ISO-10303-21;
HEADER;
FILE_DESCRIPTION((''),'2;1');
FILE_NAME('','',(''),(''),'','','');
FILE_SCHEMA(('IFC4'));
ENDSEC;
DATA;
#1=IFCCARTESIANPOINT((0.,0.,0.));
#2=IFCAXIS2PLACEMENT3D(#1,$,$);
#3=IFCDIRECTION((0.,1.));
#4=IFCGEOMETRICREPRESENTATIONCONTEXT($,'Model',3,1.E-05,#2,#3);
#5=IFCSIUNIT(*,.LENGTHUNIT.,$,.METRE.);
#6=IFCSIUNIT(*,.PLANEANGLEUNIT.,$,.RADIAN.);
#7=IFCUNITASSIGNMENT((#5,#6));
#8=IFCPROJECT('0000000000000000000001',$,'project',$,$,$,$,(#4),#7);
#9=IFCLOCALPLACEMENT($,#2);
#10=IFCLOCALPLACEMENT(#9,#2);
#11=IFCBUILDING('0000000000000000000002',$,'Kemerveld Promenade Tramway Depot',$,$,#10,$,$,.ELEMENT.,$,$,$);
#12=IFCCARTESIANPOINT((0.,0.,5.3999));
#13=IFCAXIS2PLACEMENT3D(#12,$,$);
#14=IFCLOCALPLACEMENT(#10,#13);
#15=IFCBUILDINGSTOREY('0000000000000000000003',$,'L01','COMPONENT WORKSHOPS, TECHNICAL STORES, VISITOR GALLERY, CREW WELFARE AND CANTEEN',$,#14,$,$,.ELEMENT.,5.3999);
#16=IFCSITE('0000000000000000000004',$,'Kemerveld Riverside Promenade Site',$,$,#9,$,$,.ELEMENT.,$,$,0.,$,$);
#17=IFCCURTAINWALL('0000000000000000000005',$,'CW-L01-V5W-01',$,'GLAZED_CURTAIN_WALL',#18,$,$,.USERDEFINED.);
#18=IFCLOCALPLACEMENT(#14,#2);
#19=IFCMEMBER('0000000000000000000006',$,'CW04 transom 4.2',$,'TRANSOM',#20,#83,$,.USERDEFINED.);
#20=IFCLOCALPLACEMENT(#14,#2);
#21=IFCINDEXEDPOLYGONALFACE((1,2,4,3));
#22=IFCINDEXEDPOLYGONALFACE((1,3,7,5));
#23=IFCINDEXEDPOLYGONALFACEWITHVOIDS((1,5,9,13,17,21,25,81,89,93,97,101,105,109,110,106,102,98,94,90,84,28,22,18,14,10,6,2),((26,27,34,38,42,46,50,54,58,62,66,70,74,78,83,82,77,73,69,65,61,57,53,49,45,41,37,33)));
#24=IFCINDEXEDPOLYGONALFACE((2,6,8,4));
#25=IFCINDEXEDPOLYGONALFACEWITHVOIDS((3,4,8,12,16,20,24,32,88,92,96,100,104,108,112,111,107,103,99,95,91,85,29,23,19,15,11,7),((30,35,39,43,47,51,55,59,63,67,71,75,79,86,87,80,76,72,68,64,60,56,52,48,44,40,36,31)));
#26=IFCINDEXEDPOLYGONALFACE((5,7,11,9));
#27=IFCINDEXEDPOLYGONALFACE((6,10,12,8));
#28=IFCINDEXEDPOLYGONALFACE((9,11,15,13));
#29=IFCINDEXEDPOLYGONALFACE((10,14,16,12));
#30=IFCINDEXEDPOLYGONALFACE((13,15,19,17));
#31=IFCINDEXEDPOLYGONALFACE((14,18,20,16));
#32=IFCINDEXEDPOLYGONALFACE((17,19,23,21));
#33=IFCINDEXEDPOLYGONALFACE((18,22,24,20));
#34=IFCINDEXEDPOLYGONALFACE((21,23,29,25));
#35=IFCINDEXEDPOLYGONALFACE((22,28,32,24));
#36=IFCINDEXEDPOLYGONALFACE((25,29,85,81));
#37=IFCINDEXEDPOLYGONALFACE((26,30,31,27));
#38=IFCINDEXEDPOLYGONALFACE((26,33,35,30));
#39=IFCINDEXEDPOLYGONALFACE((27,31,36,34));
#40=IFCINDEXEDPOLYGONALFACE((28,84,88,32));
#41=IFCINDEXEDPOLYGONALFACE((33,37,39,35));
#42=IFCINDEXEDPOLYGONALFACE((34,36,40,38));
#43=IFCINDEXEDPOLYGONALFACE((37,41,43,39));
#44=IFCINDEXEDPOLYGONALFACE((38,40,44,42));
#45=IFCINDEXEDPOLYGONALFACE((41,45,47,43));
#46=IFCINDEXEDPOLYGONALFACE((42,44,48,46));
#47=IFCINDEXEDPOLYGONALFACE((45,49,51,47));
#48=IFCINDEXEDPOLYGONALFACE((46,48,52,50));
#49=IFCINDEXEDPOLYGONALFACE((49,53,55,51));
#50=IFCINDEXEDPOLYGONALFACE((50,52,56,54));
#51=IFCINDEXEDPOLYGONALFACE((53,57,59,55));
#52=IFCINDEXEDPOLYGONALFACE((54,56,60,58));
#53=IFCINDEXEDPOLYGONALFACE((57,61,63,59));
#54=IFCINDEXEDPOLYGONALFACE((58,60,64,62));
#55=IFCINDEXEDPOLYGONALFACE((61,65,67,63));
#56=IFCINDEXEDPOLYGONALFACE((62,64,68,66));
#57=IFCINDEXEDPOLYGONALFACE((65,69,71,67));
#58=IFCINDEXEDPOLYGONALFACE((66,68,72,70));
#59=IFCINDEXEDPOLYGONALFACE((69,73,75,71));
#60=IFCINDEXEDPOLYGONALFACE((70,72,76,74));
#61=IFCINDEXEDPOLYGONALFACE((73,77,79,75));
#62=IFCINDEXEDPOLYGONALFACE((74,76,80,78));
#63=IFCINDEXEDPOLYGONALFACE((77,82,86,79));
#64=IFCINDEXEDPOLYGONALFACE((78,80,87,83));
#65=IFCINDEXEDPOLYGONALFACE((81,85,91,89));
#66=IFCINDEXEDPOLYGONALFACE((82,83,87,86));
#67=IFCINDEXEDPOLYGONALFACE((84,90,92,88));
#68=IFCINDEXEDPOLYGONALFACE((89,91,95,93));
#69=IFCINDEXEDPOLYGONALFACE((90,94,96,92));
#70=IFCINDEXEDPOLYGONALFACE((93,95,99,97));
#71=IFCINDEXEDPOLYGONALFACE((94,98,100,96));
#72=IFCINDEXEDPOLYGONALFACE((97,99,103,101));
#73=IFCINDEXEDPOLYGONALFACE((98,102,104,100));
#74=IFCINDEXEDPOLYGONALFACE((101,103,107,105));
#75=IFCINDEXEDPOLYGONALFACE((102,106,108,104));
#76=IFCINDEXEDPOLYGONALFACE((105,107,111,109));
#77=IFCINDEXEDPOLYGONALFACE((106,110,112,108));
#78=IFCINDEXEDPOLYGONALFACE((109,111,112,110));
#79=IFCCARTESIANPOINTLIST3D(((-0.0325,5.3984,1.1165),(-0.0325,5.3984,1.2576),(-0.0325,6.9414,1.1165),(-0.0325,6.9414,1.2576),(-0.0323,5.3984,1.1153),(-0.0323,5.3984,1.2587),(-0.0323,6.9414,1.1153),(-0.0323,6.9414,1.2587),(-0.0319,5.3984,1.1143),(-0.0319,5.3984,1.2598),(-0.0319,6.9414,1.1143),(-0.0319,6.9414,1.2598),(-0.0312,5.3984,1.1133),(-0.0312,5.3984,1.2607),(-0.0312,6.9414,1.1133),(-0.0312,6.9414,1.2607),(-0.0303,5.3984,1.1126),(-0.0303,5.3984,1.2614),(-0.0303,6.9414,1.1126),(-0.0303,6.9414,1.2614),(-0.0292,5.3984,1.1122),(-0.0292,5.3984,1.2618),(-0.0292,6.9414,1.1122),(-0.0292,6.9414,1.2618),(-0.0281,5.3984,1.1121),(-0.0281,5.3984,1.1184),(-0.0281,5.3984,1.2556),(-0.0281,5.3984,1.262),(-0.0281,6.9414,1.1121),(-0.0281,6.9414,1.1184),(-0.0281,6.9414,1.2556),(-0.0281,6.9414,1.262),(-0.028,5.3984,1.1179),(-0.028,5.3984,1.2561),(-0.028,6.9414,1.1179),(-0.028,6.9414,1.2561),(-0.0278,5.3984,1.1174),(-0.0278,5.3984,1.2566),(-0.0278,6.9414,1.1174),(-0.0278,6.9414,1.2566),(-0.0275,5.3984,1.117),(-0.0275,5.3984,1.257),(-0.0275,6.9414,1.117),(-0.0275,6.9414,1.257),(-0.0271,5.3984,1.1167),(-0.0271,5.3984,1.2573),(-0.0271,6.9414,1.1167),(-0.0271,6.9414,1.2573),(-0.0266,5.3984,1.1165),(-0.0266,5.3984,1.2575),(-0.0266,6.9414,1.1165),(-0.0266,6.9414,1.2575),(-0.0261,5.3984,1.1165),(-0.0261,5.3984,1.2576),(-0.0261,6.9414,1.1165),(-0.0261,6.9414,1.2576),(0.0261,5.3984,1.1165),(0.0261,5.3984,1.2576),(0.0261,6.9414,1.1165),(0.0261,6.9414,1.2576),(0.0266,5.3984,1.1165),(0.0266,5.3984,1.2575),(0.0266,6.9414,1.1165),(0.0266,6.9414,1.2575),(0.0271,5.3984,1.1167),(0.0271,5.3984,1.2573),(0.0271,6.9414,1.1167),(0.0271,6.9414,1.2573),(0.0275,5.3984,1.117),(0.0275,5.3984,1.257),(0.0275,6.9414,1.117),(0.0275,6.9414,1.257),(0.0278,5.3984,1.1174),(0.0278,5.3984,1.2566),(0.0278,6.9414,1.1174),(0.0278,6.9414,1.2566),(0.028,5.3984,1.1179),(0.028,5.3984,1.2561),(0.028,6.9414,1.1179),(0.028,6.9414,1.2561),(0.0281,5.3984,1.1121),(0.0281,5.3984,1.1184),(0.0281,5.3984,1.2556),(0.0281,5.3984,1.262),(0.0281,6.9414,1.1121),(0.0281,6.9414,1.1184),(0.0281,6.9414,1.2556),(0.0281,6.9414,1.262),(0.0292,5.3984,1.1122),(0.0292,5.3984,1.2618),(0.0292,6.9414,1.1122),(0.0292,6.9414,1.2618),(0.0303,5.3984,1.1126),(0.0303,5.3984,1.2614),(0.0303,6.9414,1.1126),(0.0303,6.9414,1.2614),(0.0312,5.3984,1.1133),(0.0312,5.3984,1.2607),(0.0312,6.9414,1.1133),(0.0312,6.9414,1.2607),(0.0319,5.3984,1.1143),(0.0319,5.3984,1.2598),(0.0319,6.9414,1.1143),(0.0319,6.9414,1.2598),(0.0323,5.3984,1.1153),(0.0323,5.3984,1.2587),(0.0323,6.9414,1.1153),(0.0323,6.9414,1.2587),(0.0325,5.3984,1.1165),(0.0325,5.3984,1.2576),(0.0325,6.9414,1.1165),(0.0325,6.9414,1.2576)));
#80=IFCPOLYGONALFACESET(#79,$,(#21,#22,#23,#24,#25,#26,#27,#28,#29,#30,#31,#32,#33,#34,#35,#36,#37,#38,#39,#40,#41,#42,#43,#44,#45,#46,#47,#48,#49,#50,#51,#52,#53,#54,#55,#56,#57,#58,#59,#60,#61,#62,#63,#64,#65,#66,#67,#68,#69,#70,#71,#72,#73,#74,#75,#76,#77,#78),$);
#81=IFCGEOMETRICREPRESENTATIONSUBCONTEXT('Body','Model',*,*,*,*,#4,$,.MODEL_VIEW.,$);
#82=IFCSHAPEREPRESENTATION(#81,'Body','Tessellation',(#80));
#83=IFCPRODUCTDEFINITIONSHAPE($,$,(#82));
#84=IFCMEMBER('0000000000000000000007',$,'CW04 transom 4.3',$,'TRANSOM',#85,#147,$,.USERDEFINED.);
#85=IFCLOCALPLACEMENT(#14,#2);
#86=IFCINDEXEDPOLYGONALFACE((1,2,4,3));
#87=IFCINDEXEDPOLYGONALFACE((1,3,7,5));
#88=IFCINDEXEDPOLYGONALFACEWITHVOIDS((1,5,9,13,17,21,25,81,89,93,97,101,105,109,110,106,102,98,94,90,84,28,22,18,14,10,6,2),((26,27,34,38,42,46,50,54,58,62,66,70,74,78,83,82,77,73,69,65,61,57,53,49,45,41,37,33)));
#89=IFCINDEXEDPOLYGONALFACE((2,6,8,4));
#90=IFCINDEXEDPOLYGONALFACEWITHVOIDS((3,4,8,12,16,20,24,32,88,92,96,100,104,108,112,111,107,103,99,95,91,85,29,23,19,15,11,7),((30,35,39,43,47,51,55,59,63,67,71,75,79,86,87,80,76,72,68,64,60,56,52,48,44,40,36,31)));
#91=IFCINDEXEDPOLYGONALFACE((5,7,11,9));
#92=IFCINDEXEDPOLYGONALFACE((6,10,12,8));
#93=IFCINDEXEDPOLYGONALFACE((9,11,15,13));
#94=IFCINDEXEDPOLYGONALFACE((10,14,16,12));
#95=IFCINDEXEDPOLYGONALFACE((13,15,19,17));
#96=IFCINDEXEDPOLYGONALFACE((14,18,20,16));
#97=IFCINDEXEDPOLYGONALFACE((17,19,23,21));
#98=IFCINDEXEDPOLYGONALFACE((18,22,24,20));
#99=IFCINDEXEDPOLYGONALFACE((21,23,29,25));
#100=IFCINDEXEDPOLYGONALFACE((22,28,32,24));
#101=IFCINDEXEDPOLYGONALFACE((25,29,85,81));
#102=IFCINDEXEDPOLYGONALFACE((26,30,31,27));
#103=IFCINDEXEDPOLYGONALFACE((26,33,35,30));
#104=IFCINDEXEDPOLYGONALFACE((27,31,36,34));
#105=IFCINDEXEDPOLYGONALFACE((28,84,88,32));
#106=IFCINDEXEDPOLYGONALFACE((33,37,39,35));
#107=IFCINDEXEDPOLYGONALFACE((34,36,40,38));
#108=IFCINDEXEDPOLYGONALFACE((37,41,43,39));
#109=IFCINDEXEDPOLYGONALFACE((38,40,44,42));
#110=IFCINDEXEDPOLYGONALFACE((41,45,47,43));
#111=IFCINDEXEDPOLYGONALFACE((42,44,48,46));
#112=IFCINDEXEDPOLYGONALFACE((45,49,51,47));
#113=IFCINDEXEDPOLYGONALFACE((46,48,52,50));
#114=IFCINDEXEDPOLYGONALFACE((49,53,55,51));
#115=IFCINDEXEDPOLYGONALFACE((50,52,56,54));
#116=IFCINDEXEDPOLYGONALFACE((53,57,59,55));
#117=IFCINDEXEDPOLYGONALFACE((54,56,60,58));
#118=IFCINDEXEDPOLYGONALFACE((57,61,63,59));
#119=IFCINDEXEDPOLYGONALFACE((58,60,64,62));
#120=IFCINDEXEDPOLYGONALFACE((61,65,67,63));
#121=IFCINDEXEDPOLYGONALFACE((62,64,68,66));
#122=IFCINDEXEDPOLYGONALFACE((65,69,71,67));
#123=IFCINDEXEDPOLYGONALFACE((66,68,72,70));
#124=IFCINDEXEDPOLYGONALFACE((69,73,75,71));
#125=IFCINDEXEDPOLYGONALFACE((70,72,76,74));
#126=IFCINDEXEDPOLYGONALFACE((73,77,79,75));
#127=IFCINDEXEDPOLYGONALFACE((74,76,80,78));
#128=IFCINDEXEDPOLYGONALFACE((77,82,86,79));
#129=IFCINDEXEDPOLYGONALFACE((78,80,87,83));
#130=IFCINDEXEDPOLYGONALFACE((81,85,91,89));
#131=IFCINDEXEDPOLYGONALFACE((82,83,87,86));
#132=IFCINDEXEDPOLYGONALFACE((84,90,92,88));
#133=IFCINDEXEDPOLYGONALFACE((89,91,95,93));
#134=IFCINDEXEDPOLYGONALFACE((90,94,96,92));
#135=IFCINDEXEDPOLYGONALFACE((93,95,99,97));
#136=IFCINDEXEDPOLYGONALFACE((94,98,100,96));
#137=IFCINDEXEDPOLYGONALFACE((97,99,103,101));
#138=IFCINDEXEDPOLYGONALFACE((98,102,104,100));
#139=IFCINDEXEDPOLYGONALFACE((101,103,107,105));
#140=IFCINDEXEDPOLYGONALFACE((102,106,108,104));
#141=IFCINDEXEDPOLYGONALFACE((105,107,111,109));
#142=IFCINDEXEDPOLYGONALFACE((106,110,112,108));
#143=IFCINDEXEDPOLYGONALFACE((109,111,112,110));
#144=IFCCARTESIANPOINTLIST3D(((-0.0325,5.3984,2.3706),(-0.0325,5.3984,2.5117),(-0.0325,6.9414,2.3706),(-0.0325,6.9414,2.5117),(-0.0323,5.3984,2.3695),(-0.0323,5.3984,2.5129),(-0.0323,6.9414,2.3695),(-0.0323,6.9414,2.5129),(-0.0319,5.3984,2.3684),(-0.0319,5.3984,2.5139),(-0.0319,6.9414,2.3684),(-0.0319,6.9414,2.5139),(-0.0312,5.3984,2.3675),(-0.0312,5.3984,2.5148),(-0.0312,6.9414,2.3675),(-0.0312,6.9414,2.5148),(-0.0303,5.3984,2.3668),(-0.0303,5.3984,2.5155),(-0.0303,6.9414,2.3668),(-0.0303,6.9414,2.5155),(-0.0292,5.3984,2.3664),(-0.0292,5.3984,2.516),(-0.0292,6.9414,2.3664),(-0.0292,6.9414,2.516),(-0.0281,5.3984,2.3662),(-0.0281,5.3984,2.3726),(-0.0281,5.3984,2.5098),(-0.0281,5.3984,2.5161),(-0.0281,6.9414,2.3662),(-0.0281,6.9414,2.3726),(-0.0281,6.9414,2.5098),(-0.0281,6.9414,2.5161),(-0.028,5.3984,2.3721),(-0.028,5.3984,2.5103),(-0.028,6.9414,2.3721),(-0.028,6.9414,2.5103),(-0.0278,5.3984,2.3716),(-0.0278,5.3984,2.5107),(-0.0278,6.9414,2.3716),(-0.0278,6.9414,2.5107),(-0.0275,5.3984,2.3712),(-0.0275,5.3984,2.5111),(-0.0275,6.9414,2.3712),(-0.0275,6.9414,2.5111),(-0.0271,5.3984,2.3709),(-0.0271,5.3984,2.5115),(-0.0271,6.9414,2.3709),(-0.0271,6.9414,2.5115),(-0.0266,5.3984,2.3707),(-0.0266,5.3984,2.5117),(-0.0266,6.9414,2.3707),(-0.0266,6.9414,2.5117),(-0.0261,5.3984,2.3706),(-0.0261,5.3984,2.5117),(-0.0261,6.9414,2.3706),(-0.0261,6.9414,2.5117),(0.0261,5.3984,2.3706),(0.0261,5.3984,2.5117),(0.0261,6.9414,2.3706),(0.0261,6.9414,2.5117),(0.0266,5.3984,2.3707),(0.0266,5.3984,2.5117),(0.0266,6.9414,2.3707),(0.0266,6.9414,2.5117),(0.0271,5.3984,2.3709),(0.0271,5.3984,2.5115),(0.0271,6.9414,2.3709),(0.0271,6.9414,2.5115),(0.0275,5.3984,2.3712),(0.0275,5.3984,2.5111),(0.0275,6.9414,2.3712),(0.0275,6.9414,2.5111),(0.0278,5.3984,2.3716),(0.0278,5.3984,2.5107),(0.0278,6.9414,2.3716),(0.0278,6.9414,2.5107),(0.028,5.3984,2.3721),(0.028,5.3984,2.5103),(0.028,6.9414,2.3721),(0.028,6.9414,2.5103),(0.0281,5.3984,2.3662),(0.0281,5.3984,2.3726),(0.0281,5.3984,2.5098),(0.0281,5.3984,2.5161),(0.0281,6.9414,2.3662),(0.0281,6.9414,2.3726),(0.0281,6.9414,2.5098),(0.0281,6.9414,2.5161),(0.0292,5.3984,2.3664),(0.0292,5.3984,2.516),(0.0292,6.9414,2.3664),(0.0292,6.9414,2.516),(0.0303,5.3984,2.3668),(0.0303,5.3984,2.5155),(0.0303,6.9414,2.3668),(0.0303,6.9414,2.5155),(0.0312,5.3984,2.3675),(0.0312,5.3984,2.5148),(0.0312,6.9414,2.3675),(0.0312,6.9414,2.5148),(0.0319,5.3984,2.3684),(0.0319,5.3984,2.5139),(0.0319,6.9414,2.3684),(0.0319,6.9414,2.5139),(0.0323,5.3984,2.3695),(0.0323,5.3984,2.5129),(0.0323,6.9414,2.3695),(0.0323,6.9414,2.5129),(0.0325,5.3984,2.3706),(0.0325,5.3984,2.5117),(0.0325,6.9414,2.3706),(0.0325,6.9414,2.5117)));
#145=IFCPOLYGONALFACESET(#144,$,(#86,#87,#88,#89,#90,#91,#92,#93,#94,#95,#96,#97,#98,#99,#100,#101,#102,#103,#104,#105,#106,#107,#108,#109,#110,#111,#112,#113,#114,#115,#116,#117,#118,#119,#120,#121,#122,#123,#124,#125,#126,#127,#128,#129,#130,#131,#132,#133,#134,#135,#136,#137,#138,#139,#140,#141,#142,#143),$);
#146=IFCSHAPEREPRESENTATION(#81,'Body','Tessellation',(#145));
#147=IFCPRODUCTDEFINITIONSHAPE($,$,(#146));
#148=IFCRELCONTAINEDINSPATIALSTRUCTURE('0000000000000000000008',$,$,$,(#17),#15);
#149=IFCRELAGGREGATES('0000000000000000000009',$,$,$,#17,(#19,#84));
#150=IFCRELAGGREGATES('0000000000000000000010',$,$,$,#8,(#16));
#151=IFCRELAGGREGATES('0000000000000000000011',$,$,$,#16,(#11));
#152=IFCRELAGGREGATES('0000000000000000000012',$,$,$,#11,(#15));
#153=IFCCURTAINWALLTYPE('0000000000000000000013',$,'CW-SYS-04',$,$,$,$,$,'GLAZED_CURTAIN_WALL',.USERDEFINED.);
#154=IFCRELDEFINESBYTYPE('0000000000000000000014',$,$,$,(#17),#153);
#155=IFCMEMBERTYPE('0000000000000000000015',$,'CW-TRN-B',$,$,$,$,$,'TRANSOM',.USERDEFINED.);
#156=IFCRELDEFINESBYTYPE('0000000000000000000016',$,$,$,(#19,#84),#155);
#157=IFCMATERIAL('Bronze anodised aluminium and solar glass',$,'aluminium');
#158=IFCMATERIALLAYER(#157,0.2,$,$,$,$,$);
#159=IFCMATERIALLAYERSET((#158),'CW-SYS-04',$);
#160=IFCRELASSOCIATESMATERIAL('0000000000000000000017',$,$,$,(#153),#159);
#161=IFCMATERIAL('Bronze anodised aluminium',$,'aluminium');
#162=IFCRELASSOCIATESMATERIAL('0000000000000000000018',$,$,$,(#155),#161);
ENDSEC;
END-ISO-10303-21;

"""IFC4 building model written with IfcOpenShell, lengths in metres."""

from ifc_helpers import new_model, si_unit, direction, frame, origin, origin_2d, place, context, subcontext, project, spatial, hollow_rectangle, extrude, material, layer, layer_set, material_profile, profile_set, type_object, element, aggregate, save


model = new_model("IFC4")

# Units and contexts
model_context = context("Model", 3, precision=1e-05, world=origin(), true_north=direction((0.0, 1.0)))
body_context = subcontext(model_context, "Body", "Model", "MODEL_VIEW")
ifc_project = project(units=[si_unit("LENGTHUNIT", "METRE"), si_unit("PLANEANGLEUNIT", "RADIAN")], contexts=[model_context])

# Site, building, storey
site_placement = place(None, origin())
site = spatial("IfcSite", under=ifc_project, at=site_placement, Name="Kemerveld Riverside Promenade Site", CompositionType="ELEMENT", RefElevation=0.0)
building_placement = place(site_placement, origin())
building = spatial("IfcBuilding", under=site, at=building_placement, Name="Kemerveld Promenade Tramway Depot", CompositionType="ELEMENT")
storey_placement = place(building_placement, frame((0.0, 0.0, 5.3999)))
storey = spatial("IfcBuildingStorey", under=building, at=storey_placement, Name="L01", Description="COMPONENT WORKSHOPS, TECHNICAL STORES, VISITOR GALLERY, CREW WELFARE AND CANTEEN", CompositionType="ELEMENT", Elevation=5.3999)

# Curtain wall, members
ifc_material_1 = material(Name="Bronze anodised aluminium and solar glass", Category="aluminium")
ifc_layer_1 = layer(ifc_material_1, 0.2)
ifc_layer_set_1 = layer_set([ifc_layer_1], Name="CW-SYS-04")
curtain_wall_type = type_object("IfcCurtainWallType", Name="CW-SYS-04", ElementType="GLAZED_CURTAIN_WALL", PredefinedType="USERDEFINED", material=ifc_layer_set_1)
curtain_wall_placement = place(storey_placement, origin())
curtain_wall = element("IfcCurtainWall", 1, at=curtain_wall_placement, inside=storey, type_object=curtain_wall_type, Name="CW-L01-V5W-01", ObjectType="GLAZED_CURTAIN_WALL", PredefinedType="USERDEFINED")
ifc_material_2 = material(Name="Bronze anodised aluminium", Category="aluminium")
ifc_material_profile_1 = material_profile(ifc_material_2, hollow_rectangle(XDim=0.0649, YDim=0.1499, WallThickness=0.0044, InnerFilletRadius=0.002, OuterFilletRadius=0.0044, at=origin_2d()), Name="CW-TRN-150x65")
ifc_profile_set_1 = profile_set([ifc_material_profile_1], Name="Bronze anodised aluminium")
member_type_1 = type_object("IfcMemberType", Name="CW-TRN-B", ElementType="TRANSOM", PredefinedType="USERDEFINED", material=ifc_profile_set_1)
member_1_placement = place(storey_placement, frame((0.0, 5.3984, 1.187), z_axis=(0.0, 1.0, 0.0), x_axis=(-1.0, 0.0, 0.0)))
member_1 = element("IfcMember", 2, at=member_1_placement, type_object=member_type_1, Name="CW04 transom 4.2", ObjectType="TRANSOM", PredefinedType="USERDEFINED", context=body_context, shape_type="SweptSolid", body=[
    extrude(hollow_rectangle(XDim=0.0649, YDim=0.1499, WallThickness=0.0044, InnerFilletRadius=0.002, OuterFilletRadius=0.0044, at=origin_2d()), origin(), (0.0, 0.0, 1.0), 1.543),
])
member_2_placement = place(storey_placement, frame((0.0, 5.3984, 2.4412), z_axis=(0.0, 1.0, 0.0), x_axis=(-1.0, 0.0, 0.0)))
member_2 = element("IfcMember", 3, at=member_2_placement, type_object=member_type_1, Name="CW04 transom 4.3", ObjectType="TRANSOM", PredefinedType="USERDEFINED", context=body_context, shape_type="SweptSolid", body=[
    extrude(hollow_rectangle(XDim=0.0649, YDim=0.1499, WallThickness=0.0044, InnerFilletRadius=0.002, OuterFilletRadius=0.0044, at=origin_2d()), origin(), (0.0, 0.0, 1.0), 1.543),
])
aggregate(curtain_wall, [member_1, member_2])

save(model, "model.ifc")
